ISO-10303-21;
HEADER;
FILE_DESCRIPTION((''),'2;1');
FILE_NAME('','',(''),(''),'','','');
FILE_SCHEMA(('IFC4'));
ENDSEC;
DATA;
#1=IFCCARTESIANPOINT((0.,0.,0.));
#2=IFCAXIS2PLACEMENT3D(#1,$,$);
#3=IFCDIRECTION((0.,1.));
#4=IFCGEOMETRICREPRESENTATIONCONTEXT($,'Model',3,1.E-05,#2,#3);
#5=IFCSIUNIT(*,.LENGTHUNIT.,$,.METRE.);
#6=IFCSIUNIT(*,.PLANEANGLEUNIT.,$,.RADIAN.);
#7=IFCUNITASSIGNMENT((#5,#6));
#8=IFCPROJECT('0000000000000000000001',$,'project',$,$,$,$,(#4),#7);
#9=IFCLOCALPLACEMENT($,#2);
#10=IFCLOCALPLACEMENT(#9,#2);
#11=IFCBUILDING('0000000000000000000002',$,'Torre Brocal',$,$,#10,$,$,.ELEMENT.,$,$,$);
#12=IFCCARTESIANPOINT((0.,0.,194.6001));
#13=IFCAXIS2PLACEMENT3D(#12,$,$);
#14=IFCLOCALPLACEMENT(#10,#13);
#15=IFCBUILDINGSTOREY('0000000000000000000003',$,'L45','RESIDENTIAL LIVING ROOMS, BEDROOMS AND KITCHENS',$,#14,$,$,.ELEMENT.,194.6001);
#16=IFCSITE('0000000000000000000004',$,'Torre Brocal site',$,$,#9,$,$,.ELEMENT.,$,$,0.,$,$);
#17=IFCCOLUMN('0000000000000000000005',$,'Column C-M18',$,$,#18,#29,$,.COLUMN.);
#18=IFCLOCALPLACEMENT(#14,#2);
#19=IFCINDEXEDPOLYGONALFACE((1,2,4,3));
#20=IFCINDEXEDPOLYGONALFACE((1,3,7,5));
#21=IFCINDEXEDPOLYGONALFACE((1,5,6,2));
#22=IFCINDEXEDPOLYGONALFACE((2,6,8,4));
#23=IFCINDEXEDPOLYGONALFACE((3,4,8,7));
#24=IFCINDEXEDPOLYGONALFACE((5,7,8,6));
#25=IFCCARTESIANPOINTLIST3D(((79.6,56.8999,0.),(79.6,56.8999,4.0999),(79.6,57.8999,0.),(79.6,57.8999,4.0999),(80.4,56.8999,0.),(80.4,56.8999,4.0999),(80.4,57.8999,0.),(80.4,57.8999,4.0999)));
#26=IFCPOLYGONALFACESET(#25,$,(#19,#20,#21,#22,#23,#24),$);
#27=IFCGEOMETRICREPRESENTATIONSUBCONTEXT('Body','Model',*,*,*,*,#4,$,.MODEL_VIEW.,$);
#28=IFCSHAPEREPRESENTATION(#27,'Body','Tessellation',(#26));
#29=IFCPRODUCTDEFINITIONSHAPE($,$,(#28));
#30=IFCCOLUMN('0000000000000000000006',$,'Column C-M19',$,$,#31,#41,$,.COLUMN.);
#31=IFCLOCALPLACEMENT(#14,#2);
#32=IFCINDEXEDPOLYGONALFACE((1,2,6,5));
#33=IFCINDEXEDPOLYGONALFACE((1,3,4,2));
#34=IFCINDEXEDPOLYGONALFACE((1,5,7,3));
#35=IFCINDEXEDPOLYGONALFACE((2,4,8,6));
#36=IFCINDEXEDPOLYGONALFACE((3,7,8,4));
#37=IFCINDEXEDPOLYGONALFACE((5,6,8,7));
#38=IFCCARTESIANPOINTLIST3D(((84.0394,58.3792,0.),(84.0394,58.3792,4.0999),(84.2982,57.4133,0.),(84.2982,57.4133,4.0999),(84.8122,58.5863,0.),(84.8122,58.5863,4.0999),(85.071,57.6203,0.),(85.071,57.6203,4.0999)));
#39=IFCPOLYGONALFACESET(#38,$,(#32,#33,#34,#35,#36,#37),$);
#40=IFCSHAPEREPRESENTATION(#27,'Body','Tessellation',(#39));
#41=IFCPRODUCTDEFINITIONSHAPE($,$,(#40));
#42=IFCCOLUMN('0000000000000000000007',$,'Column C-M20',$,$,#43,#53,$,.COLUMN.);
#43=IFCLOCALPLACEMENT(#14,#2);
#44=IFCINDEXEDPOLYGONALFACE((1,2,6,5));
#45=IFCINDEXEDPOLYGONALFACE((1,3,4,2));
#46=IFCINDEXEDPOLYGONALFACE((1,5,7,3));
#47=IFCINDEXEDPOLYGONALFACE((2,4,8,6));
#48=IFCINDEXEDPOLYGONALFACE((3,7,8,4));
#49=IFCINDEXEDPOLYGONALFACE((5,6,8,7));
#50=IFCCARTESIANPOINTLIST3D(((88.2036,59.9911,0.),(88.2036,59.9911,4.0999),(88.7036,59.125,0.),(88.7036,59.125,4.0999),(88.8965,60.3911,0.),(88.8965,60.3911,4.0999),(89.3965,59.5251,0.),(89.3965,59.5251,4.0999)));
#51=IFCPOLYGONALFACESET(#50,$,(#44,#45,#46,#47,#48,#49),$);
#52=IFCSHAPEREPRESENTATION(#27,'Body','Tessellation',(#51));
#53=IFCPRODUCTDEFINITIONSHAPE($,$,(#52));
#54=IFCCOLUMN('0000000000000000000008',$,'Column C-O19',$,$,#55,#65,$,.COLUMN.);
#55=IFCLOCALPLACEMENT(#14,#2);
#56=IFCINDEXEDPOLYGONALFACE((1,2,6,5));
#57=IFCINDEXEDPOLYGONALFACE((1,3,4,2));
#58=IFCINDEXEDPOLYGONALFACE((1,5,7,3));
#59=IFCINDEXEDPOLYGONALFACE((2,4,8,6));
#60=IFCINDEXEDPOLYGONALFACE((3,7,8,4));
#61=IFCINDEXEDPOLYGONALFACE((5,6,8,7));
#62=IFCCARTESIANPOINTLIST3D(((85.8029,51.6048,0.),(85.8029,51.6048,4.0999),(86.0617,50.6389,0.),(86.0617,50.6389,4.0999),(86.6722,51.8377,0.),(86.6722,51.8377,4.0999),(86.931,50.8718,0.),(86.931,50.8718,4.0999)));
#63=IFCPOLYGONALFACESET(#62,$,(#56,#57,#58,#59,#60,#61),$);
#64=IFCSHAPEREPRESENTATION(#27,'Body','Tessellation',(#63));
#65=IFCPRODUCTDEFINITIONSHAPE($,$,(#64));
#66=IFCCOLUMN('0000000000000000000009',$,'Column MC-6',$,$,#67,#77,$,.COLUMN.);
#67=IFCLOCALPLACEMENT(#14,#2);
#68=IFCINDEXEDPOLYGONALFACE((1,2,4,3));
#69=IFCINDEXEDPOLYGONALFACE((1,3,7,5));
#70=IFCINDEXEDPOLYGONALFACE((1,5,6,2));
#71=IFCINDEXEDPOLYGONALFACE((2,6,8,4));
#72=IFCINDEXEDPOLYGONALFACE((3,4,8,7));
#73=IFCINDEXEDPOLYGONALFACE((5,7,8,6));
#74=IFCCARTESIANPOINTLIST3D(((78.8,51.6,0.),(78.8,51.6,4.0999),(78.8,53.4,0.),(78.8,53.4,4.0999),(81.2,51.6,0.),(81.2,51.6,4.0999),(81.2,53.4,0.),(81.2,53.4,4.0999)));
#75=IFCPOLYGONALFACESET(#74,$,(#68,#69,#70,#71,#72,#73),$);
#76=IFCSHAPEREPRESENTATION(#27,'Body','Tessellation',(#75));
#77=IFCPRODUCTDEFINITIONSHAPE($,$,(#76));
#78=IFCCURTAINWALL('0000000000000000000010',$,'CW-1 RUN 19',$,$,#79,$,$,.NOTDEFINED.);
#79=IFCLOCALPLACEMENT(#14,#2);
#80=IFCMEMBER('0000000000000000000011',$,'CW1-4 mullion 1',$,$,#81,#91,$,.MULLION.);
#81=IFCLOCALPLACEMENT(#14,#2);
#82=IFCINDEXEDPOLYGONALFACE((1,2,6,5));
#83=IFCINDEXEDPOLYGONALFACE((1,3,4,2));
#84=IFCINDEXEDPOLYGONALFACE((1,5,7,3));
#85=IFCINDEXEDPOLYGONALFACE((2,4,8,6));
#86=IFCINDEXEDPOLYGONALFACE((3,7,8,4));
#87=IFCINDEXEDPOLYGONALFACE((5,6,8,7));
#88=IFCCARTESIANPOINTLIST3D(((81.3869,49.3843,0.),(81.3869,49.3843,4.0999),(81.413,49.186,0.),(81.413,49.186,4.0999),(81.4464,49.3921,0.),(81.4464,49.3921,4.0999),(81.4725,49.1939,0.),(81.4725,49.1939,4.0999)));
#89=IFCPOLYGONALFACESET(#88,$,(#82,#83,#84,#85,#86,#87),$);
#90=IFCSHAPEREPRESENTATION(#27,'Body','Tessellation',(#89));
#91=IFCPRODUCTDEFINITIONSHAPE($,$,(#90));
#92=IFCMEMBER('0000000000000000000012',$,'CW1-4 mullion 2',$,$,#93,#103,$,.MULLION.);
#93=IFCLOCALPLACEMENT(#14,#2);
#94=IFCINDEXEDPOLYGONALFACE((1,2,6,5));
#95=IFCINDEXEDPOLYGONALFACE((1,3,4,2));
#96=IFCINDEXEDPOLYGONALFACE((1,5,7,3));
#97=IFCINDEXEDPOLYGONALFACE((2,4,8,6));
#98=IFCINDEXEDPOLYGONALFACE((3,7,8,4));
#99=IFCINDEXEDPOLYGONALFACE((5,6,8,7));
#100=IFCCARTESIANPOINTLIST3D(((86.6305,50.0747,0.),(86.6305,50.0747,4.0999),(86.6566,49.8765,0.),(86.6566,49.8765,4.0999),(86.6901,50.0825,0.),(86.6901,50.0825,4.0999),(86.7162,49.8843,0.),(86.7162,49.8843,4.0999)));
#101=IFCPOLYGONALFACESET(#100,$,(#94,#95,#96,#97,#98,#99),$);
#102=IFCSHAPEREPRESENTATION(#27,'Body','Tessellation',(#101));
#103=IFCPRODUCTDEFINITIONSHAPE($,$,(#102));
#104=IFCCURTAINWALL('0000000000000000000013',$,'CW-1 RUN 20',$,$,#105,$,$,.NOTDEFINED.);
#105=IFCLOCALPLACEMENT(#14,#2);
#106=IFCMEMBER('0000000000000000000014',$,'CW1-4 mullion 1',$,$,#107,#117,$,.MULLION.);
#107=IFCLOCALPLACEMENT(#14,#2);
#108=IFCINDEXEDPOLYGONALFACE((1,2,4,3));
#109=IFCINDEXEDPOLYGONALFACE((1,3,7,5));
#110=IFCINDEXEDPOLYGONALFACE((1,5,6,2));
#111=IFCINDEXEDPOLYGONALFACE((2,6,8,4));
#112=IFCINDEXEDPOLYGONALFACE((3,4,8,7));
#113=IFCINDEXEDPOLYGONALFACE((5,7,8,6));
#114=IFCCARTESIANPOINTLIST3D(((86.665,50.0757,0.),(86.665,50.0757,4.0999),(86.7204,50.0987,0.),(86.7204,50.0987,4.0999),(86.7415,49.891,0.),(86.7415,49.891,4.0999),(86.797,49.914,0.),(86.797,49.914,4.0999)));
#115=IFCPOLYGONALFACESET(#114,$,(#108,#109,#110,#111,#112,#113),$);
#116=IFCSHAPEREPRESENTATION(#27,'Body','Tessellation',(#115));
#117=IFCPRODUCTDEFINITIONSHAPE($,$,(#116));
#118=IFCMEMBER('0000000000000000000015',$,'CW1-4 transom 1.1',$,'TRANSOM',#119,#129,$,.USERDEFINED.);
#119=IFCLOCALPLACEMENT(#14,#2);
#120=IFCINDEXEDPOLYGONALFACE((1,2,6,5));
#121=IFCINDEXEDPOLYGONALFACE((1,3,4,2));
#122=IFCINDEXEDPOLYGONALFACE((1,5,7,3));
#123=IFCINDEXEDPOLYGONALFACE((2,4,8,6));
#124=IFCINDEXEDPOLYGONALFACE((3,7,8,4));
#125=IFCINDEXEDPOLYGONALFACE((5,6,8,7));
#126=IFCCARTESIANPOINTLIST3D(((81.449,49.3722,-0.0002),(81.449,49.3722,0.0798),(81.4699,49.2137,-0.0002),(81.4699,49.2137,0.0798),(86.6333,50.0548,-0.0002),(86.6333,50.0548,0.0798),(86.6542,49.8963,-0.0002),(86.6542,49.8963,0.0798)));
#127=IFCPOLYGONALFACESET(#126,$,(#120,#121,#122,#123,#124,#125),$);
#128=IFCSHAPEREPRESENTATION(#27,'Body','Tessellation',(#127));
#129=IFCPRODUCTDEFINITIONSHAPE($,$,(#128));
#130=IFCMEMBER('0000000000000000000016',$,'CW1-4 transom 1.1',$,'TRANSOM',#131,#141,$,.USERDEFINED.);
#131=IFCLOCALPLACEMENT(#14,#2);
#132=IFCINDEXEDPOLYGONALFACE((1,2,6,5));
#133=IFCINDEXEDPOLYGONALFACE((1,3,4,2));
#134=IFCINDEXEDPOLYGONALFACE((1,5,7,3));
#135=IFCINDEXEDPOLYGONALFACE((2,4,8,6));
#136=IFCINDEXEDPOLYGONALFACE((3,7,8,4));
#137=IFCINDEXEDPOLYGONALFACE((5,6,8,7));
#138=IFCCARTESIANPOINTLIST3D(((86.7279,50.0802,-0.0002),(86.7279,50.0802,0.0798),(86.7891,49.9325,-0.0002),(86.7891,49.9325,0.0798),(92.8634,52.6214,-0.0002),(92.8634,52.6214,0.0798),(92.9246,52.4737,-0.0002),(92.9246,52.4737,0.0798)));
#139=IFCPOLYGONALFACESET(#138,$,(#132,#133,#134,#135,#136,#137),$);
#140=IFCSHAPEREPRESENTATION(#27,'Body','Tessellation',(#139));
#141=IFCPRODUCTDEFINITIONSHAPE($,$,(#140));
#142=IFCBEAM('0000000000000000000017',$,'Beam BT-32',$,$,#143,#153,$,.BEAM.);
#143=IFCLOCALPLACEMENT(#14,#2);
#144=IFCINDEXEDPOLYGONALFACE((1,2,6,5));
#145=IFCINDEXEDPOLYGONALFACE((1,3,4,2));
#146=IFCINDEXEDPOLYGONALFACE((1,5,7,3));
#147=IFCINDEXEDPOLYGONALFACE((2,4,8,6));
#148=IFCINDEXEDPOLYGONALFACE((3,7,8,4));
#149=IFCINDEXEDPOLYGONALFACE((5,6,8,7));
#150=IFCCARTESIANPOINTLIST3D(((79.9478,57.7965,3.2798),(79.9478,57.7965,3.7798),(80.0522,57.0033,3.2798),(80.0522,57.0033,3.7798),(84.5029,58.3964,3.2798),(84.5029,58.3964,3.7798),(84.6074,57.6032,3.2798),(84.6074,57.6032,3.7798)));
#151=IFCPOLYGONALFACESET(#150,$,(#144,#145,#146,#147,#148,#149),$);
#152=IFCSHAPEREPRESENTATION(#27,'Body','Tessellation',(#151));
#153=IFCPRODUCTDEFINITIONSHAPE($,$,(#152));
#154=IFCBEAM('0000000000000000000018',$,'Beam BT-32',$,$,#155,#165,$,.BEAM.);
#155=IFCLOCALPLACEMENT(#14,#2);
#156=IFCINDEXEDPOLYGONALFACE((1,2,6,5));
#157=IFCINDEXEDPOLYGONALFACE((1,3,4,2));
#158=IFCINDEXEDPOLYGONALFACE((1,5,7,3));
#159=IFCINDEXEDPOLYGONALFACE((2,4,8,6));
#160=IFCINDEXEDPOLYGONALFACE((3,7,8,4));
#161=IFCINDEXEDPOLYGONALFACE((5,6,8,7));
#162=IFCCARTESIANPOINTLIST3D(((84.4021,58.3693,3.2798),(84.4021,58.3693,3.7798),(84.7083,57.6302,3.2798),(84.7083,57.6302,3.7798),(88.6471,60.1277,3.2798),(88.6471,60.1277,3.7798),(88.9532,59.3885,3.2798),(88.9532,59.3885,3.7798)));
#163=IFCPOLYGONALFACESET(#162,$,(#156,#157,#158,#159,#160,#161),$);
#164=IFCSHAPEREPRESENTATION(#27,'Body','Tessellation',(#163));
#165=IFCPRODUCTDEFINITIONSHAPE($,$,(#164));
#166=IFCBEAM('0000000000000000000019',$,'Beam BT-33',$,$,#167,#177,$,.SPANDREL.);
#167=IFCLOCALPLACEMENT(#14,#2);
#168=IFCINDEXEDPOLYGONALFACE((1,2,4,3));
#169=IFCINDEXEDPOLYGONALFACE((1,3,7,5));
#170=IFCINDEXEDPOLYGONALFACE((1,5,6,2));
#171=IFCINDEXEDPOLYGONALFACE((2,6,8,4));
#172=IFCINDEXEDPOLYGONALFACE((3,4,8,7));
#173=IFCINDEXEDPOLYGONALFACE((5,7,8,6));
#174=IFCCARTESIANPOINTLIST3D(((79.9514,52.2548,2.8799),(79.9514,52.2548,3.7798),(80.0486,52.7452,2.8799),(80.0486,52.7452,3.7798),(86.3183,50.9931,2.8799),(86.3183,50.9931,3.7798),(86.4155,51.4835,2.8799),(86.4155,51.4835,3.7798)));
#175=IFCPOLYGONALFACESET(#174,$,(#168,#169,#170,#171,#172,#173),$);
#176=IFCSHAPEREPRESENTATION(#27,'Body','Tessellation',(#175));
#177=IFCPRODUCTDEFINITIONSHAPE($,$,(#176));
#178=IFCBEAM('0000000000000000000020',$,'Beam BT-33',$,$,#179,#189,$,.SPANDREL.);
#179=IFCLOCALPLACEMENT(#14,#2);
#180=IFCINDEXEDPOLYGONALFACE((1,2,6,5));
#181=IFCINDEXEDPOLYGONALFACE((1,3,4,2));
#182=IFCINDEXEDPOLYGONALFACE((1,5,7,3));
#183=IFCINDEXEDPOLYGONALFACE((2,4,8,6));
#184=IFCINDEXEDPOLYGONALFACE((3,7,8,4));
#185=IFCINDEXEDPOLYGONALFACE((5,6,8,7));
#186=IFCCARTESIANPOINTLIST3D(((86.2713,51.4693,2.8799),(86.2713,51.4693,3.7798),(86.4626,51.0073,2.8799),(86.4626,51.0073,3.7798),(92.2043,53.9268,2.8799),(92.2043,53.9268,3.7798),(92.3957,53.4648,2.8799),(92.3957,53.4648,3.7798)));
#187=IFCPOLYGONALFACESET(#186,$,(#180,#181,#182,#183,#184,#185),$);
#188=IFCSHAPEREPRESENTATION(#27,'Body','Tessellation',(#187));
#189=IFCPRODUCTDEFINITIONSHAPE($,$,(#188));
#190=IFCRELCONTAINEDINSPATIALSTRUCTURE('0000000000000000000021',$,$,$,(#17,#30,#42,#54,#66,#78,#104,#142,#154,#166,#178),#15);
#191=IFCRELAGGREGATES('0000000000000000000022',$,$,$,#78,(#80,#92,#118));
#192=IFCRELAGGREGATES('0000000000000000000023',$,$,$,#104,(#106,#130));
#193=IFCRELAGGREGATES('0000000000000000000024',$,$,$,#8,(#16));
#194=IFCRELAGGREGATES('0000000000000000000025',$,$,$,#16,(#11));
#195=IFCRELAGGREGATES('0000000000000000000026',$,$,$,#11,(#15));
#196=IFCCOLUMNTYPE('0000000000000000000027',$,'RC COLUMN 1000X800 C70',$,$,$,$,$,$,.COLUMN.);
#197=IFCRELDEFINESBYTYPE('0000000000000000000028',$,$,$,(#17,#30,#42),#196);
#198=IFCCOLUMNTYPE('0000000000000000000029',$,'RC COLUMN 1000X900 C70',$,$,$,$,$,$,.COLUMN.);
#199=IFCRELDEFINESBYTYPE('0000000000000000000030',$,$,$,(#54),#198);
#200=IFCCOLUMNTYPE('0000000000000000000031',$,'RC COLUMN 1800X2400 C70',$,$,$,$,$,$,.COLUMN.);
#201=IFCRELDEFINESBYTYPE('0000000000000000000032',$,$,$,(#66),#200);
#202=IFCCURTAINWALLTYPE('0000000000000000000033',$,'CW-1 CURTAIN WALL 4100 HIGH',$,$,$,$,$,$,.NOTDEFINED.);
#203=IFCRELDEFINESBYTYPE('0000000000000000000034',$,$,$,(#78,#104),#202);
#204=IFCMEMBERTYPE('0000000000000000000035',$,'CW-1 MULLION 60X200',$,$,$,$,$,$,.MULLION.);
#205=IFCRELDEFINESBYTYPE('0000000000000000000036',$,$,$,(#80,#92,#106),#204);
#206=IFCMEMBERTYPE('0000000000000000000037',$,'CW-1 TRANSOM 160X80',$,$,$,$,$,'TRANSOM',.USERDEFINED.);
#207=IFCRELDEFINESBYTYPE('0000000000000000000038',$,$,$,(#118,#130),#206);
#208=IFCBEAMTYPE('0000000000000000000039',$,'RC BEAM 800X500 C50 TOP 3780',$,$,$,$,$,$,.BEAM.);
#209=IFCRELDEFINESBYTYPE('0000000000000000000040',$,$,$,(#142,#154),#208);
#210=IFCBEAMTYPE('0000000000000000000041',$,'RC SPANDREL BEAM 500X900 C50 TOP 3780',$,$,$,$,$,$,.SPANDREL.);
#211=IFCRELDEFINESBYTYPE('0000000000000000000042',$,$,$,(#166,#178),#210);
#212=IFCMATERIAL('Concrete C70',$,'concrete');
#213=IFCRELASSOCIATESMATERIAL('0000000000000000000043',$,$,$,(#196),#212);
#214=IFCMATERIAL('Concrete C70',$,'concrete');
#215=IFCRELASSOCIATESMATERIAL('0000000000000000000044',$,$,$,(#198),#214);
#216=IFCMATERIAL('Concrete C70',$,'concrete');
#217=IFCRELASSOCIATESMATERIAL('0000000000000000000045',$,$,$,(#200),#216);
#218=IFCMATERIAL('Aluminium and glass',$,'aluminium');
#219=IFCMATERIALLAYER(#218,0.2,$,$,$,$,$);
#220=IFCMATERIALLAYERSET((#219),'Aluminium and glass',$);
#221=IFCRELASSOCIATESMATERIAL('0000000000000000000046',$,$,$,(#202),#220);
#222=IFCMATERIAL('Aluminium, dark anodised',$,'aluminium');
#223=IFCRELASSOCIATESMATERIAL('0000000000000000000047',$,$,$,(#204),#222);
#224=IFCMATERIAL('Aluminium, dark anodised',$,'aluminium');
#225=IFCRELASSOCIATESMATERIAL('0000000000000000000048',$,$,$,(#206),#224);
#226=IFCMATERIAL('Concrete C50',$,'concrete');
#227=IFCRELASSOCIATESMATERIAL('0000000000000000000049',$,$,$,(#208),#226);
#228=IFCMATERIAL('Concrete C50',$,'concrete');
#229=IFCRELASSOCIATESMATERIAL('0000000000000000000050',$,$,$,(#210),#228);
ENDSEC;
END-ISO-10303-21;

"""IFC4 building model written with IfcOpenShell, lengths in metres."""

from ifc_helpers import new_model, si_unit, direction, frame, origin, origin_2d, place, context, subcontext, project, spatial, rectangle, extrude, material, layer, layer_set, material_profile, profile_set, type_object, element, aggregate, save


model = new_model("IFC4")

# Units and contexts
model_context = context("Model", 3, precision=1e-05, world=origin(), true_north=direction((0.0, 1.0)))
body_context = subcontext(model_context, "Body", "Model", "MODEL_VIEW")
ifc_project = project(units=[si_unit("LENGTHUNIT", "METRE"), si_unit("PLANEANGLEUNIT", "RADIAN")], contexts=[model_context])

# Site, building, storey
site_placement = place(None, origin())
site = spatial("IfcSite", under=ifc_project, at=site_placement, Name="Torre Brocal site", CompositionType="ELEMENT", RefElevation=0.0)
building_placement = place(site_placement, origin())
building = spatial("IfcBuilding", under=site, at=building_placement, Name="Torre Brocal", CompositionType="ELEMENT")
storey_placement = place(building_placement, frame((0.0, 0.0, 194.6001)))
storey = spatial("IfcBuildingStorey", under=building, at=storey_placement, Name="L45", Description="RESIDENTIAL LIVING ROOMS, BEDROOMS AND KITCHENS", CompositionType="ELEMENT", Elevation=194.6001)

# Columns
ifc_material_1 = material(Name="Concrete C70", Category="concrete")
ifc_material_profile_1 = material_profile(ifc_material_1, rectangle(XDim=1.0, YDim=0.8, at=origin_2d()), Name="RC 1000X800")
ifc_profile_set_1 = profile_set([ifc_material_profile_1], Name="Concrete C70")
column_type_1 = type_object("IfcColumnType", Name="RC COLUMN 1000X800 C70", PredefinedType="COLUMN", material=ifc_profile_set_1)
for number, where, z_axis, x_axis, name in (
    (1, (80.0, 57.3999, 0.0), (0.0, 0.0, 1.0), (0.0, -1.0, 0.0), "Column C-M18"),
    (2, (84.5552, 57.9998, 0.0), (0.0, 0.0, 1.0), (0.258819, -0.965926, 0.0), "Column C-M19"),
    (3, (88.8, 59.7581, 0.0), (0.0, 0.0, 1.0), (0.5, -0.866025, 0.0), "Column C-M20"),
):
    element("IfcColumn", number, at=place(storey_placement, frame(where, z_axis=z_axis, x_axis=x_axis)), inside=storey, type_object=column_type_1, Name=name, PredefinedType="COLUMN", context=body_context, shape_type="SweptSolid", body=[
        extrude(rectangle(XDim=1.0, YDim=0.8, at=origin_2d()), origin(), (0.0, 0.0, 1.0), 4.0999),
    ])
ifc_material_2 = material(Name="Concrete C70", Category="concrete")
ifc_material_profile_2 = material_profile(ifc_material_2, rectangle(XDim=1.0, YDim=0.8999, at=origin_2d()), Name="RC 1000X900")
ifc_profile_set_2 = profile_set([ifc_material_profile_2], Name="Concrete C70")
column_type_2 = type_object("IfcColumnType", Name="RC COLUMN 1000X900 C70", PredefinedType="COLUMN", material=ifc_profile_set_2)
column_1_placement = place(storey_placement, frame((86.3669, 51.2383, 0.0), z_axis=(0.0, 0.0, 1.0), x_axis=(0.258819, -0.965926, 0.0)))
element("IfcColumn", 4, at=column_1_placement, inside=storey, type_object=column_type_2, Name="Column C-O19", PredefinedType="COLUMN", context=body_context, shape_type="SweptSolid", body=[
    extrude(rectangle(XDim=1.0, YDim=0.8999, at=origin_2d()), origin(), (0.0, 0.0, 1.0), 4.0999),
])
ifc_material_3 = material(Name="Concrete C70", Category="concrete")
ifc_material_profile_3 = material_profile(ifc_material_3, rectangle(XDim=1.8, YDim=2.3999, at=origin_2d()), Name="RC 1800X2400")
ifc_profile_set_3 = profile_set([ifc_material_profile_3], Name="Concrete C70")
column_type_3 = type_object("IfcColumnType", Name="RC COLUMN 1800X2400 C70", PredefinedType="COLUMN", material=ifc_profile_set_3)
column_2_placement = place(storey_placement, frame((80.0, 52.5, 0.0), z_axis=(0.0, 0.0, 1.0), x_axis=(0.0, -1.0, 0.0)))
element("IfcColumn", 5, at=column_2_placement, inside=storey, type_object=column_type_3, Name="Column MC-6", PredefinedType="COLUMN", context=body_context, shape_type="SweptSolid", body=[
    extrude(rectangle(XDim=1.8, YDim=2.3999, at=origin_2d()), origin(), (0.0, 0.0, 1.0), 4.0999),
])

# Curtain wall, members
ifc_material_4 = material(Name="Aluminium and glass", Category="aluminium")
ifc_layer_1 = layer(ifc_material_4, 0.2)
ifc_layer_set_1 = layer_set([ifc_layer_1], Name="Aluminium and glass")
curtain_wall_type = type_object("IfcCurtainWallType", Name="CW-1 CURTAIN WALL 4100 HIGH", PredefinedType="NOTDEFINED", material=ifc_layer_set_1)
curtain_wall_1_placement = place(storey_placement, origin())
curtain_wall_1 = element("IfcCurtainWall", 6, at=curtain_wall_1_placement, inside=storey, type_object=curtain_wall_type, Name="CW-1 RUN 19", PredefinedType="NOTDEFINED")
ifc_material_5 = material(Name="Aluminium, dark anodised", Category="aluminium")
ifc_material_profile_4 = material_profile(ifc_material_5, rectangle(XDim=0.2, YDim=0.0601, at=origin_2d()), Name="CW-1 MULLION 60X200")
ifc_profile_set_4 = profile_set([ifc_material_profile_4], Name="Aluminium, dark anodised")
member_type_1 = type_object("IfcMemberType", Name="CW-1 MULLION 60X200", PredefinedType="MULLION", material=ifc_profile_set_4)
member_1_placement = place(storey_placement, frame((81.4297, 49.2891, 0.0), z_axis=(0.0, 0.0, 1.0), x_axis=(-0.130526, 0.991445, 0.0)))
member_1 = element("IfcMember", 7, at=member_1_placement, type_object=member_type_1, Name="CW1-4 mullion 1", PredefinedType="MULLION", context=body_context, shape_type="SweptSolid", body=[
    extrude(rectangle(XDim=0.2, YDim=0.0601, at=origin_2d()), origin(), (0.0, 0.0, 1.0), 4.0999),
])
member_2_placement = place(storey_placement, frame((86.6733, 49.9795, 0.0), z_axis=(0.0, 0.0, 1.0), x_axis=(-0.130526, 0.991445, 0.0)))
member_2 = element("IfcMember", 8, at=member_2_placement, type_object=member_type_1, Name="CW1-4 mullion 2", PredefinedType="MULLION", context=body_context, shape_type="SweptSolid", body=[
    extrude(rectangle(XDim=0.2, YDim=0.0601, at=origin_2d()), origin(), (0.0, 0.0, 1.0), 4.0999),
])

# Curtain wall, member
curtain_wall_2_placement = place(storey_placement, origin())
curtain_wall_2 = element("IfcCurtainWall", 9, at=curtain_wall_2_placement, inside=storey, type_object=curtain_wall_type, Name="CW-1 RUN 20", PredefinedType="NOTDEFINED")
member_3_placement = place(storey_placement, frame((86.731, 49.9949, 0.0), z_axis=(0.0, 0.0, 1.0), x_axis=(-0.382683, 0.92388, 0.0)))
member_3 = element("IfcMember", 10, at=member_3_placement, type_object=member_type_1, Name="CW1-4 mullion 1", PredefinedType="MULLION", context=body_context, shape_type="SweptSolid", body=[
    extrude(rectangle(XDim=0.2, YDim=0.0601, at=origin_2d()), origin(), (0.0, 0.0, 1.0), 4.0999),
])

# Members
ifc_material_6 = material(Name="Aluminium, dark anodised", Category="aluminium")
ifc_material_profile_5 = material_profile(ifc_material_6, rectangle(XDim=0.1599, YDim=0.0801, at=origin_2d()), Name="CW-1 TRANSOM 160X80")
ifc_profile_set_5 = profile_set([ifc_material_profile_5], Name="Aluminium, dark anodised")
member_type_2 = type_object("IfcMemberType", Name="CW-1 TRANSOM 160X80", ElementType="TRANSOM", PredefinedType="USERDEFINED", material=ifc_profile_set_5)
member_4_placement = place(storey_placement, frame((81.4595, 49.293, 0.0398), z_axis=(0.991443, 0.130543, 0.0), x_axis=(-0.130543, 0.991443, 0.0)))
member_4 = element("IfcMember", 11, at=member_4_placement, type_object=member_type_2, Name="CW1-4 transom 1.1", ObjectType="TRANSOM", PredefinedType="USERDEFINED", context=body_context, shape_type="SweptSolid", body=[
    extrude(rectangle(XDim=0.1599, YDim=0.0801, at=origin_2d()), origin(), (0.0, 0.0, 1.0), 5.229),
])
member_5_placement = place(storey_placement, frame((86.7585, 50.0063, 0.0398), z_axis=(0.923887, 0.382665, 0.0), x_axis=(-0.382665, 0.923887, 0.0)))
member_5 = element("IfcMember", 12, at=member_5_placement, type_object=member_type_2, Name="CW1-4 transom 1.1", ObjectType="TRANSOM", PredefinedType="USERDEFINED", context=body_context, shape_type="SweptSolid", body=[
    extrude(rectangle(XDim=0.1599, YDim=0.0801, at=origin_2d()), origin(), (0.0, 0.0, 1.0), 6.6409),
])

# Beams
ifc_material_7 = material(Name="Concrete C50", Category="concrete")
ifc_material_profile_6 = material_profile(ifc_material_7, rectangle(XDim=0.8, YDim=0.5, at=origin_2d()), Name="RC 800X500")
ifc_profile_set_6 = profile_set([ifc_material_profile_6], Name="Concrete C50")
beam_type_1 = type_object("IfcBeamType", Name="RC BEAM 800X500 C50 TOP 3780", PredefinedType="BEAM", material=ifc_profile_set_6)
beam_1_placement = place(storey_placement, frame((80.0, 57.3999, 3.5298), z_axis=(0.991441, 0.130559, 0.0), x_axis=(-0.130559, 0.991441, 0.0)))
element("IfcBeam", 13, at=beam_1_placement, inside=storey, type_object=beam_type_1, Name="Beam BT-32", PredefinedType="BEAM", context=body_context, shape_type="SweptSolid", body=[
    extrude(rectangle(XDim=0.8, YDim=0.5, at=origin_2d()), origin(), (0.0, 0.0, 1.0), 4.5945),
])
beam_2_placement = place(storey_placement, frame((84.5552, 57.9998, 3.5298), z_axis=(0.923878, 0.382687, 0.0), x_axis=(-0.382687, 0.923878, 0.0)))
element("IfcBeam", 14, at=beam_2_placement, inside=storey, type_object=beam_type_1, Name="Beam BT-32", PredefinedType="BEAM", context=body_context, shape_type="SweptSolid", body=[
    extrude(rectangle(XDim=0.8, YDim=0.5, at=origin_2d()), origin(), (0.0, 0.0, 1.0), 4.5947),
])
ifc_material_8 = material(Name="Concrete C50", Category="concrete")
ifc_material_profile_7 = material_profile(ifc_material_8, rectangle(XDim=0.5, YDim=0.8999, at=origin_2d()), Name="RC 500X900")
ifc_profile_set_7 = profile_set([ifc_material_profile_7], Name="Concrete C50")
beam_type_2 = type_object("IfcBeamType", Name="RC SPANDREL BEAM 500X900 C50 TOP 3780", PredefinedType="SPANDREL", material=ifc_profile_set_7)
beam_3_placement = place(storey_placement, frame((80.0, 52.5, 3.3298), z_axis=(0.980925, -0.194387, 0.0), x_axis=(0.194387, 0.980925, 0.0)))
element("IfcBeam", 15, at=beam_3_placement, inside=storey, type_object=beam_type_2, Name="Beam BT-33", PredefinedType="SPANDREL", context=body_context, shape_type="SweptSolid", body=[
    extrude(rectangle(XDim=0.5, YDim=0.8999, at=origin_2d()), origin(), (0.0, 0.0, 1.0), 6.4907),
])
beam_4_placement = place(storey_placement, frame((86.3669, 51.2383, 3.3298), z_axis=(0.923882, 0.382676, 0.0), x_axis=(-0.382676, 0.923882, 0.0)))
element("IfcBeam", 16, at=beam_4_placement, inside=storey, type_object=beam_type_2, Name="Beam BT-33", PredefinedType="SPANDREL", context=body_context, shape_type="SweptSolid", body=[
    extrude(rectangle(XDim=0.5, YDim=0.8999, at=origin_2d()), origin(), (0.0, 0.0, 1.0), 6.4219),
])

aggregate(curtain_wall_1, [member_1, member_2, member_4])
aggregate(curtain_wall_2, [member_3, member_5])

save(model, "model.ifc")
